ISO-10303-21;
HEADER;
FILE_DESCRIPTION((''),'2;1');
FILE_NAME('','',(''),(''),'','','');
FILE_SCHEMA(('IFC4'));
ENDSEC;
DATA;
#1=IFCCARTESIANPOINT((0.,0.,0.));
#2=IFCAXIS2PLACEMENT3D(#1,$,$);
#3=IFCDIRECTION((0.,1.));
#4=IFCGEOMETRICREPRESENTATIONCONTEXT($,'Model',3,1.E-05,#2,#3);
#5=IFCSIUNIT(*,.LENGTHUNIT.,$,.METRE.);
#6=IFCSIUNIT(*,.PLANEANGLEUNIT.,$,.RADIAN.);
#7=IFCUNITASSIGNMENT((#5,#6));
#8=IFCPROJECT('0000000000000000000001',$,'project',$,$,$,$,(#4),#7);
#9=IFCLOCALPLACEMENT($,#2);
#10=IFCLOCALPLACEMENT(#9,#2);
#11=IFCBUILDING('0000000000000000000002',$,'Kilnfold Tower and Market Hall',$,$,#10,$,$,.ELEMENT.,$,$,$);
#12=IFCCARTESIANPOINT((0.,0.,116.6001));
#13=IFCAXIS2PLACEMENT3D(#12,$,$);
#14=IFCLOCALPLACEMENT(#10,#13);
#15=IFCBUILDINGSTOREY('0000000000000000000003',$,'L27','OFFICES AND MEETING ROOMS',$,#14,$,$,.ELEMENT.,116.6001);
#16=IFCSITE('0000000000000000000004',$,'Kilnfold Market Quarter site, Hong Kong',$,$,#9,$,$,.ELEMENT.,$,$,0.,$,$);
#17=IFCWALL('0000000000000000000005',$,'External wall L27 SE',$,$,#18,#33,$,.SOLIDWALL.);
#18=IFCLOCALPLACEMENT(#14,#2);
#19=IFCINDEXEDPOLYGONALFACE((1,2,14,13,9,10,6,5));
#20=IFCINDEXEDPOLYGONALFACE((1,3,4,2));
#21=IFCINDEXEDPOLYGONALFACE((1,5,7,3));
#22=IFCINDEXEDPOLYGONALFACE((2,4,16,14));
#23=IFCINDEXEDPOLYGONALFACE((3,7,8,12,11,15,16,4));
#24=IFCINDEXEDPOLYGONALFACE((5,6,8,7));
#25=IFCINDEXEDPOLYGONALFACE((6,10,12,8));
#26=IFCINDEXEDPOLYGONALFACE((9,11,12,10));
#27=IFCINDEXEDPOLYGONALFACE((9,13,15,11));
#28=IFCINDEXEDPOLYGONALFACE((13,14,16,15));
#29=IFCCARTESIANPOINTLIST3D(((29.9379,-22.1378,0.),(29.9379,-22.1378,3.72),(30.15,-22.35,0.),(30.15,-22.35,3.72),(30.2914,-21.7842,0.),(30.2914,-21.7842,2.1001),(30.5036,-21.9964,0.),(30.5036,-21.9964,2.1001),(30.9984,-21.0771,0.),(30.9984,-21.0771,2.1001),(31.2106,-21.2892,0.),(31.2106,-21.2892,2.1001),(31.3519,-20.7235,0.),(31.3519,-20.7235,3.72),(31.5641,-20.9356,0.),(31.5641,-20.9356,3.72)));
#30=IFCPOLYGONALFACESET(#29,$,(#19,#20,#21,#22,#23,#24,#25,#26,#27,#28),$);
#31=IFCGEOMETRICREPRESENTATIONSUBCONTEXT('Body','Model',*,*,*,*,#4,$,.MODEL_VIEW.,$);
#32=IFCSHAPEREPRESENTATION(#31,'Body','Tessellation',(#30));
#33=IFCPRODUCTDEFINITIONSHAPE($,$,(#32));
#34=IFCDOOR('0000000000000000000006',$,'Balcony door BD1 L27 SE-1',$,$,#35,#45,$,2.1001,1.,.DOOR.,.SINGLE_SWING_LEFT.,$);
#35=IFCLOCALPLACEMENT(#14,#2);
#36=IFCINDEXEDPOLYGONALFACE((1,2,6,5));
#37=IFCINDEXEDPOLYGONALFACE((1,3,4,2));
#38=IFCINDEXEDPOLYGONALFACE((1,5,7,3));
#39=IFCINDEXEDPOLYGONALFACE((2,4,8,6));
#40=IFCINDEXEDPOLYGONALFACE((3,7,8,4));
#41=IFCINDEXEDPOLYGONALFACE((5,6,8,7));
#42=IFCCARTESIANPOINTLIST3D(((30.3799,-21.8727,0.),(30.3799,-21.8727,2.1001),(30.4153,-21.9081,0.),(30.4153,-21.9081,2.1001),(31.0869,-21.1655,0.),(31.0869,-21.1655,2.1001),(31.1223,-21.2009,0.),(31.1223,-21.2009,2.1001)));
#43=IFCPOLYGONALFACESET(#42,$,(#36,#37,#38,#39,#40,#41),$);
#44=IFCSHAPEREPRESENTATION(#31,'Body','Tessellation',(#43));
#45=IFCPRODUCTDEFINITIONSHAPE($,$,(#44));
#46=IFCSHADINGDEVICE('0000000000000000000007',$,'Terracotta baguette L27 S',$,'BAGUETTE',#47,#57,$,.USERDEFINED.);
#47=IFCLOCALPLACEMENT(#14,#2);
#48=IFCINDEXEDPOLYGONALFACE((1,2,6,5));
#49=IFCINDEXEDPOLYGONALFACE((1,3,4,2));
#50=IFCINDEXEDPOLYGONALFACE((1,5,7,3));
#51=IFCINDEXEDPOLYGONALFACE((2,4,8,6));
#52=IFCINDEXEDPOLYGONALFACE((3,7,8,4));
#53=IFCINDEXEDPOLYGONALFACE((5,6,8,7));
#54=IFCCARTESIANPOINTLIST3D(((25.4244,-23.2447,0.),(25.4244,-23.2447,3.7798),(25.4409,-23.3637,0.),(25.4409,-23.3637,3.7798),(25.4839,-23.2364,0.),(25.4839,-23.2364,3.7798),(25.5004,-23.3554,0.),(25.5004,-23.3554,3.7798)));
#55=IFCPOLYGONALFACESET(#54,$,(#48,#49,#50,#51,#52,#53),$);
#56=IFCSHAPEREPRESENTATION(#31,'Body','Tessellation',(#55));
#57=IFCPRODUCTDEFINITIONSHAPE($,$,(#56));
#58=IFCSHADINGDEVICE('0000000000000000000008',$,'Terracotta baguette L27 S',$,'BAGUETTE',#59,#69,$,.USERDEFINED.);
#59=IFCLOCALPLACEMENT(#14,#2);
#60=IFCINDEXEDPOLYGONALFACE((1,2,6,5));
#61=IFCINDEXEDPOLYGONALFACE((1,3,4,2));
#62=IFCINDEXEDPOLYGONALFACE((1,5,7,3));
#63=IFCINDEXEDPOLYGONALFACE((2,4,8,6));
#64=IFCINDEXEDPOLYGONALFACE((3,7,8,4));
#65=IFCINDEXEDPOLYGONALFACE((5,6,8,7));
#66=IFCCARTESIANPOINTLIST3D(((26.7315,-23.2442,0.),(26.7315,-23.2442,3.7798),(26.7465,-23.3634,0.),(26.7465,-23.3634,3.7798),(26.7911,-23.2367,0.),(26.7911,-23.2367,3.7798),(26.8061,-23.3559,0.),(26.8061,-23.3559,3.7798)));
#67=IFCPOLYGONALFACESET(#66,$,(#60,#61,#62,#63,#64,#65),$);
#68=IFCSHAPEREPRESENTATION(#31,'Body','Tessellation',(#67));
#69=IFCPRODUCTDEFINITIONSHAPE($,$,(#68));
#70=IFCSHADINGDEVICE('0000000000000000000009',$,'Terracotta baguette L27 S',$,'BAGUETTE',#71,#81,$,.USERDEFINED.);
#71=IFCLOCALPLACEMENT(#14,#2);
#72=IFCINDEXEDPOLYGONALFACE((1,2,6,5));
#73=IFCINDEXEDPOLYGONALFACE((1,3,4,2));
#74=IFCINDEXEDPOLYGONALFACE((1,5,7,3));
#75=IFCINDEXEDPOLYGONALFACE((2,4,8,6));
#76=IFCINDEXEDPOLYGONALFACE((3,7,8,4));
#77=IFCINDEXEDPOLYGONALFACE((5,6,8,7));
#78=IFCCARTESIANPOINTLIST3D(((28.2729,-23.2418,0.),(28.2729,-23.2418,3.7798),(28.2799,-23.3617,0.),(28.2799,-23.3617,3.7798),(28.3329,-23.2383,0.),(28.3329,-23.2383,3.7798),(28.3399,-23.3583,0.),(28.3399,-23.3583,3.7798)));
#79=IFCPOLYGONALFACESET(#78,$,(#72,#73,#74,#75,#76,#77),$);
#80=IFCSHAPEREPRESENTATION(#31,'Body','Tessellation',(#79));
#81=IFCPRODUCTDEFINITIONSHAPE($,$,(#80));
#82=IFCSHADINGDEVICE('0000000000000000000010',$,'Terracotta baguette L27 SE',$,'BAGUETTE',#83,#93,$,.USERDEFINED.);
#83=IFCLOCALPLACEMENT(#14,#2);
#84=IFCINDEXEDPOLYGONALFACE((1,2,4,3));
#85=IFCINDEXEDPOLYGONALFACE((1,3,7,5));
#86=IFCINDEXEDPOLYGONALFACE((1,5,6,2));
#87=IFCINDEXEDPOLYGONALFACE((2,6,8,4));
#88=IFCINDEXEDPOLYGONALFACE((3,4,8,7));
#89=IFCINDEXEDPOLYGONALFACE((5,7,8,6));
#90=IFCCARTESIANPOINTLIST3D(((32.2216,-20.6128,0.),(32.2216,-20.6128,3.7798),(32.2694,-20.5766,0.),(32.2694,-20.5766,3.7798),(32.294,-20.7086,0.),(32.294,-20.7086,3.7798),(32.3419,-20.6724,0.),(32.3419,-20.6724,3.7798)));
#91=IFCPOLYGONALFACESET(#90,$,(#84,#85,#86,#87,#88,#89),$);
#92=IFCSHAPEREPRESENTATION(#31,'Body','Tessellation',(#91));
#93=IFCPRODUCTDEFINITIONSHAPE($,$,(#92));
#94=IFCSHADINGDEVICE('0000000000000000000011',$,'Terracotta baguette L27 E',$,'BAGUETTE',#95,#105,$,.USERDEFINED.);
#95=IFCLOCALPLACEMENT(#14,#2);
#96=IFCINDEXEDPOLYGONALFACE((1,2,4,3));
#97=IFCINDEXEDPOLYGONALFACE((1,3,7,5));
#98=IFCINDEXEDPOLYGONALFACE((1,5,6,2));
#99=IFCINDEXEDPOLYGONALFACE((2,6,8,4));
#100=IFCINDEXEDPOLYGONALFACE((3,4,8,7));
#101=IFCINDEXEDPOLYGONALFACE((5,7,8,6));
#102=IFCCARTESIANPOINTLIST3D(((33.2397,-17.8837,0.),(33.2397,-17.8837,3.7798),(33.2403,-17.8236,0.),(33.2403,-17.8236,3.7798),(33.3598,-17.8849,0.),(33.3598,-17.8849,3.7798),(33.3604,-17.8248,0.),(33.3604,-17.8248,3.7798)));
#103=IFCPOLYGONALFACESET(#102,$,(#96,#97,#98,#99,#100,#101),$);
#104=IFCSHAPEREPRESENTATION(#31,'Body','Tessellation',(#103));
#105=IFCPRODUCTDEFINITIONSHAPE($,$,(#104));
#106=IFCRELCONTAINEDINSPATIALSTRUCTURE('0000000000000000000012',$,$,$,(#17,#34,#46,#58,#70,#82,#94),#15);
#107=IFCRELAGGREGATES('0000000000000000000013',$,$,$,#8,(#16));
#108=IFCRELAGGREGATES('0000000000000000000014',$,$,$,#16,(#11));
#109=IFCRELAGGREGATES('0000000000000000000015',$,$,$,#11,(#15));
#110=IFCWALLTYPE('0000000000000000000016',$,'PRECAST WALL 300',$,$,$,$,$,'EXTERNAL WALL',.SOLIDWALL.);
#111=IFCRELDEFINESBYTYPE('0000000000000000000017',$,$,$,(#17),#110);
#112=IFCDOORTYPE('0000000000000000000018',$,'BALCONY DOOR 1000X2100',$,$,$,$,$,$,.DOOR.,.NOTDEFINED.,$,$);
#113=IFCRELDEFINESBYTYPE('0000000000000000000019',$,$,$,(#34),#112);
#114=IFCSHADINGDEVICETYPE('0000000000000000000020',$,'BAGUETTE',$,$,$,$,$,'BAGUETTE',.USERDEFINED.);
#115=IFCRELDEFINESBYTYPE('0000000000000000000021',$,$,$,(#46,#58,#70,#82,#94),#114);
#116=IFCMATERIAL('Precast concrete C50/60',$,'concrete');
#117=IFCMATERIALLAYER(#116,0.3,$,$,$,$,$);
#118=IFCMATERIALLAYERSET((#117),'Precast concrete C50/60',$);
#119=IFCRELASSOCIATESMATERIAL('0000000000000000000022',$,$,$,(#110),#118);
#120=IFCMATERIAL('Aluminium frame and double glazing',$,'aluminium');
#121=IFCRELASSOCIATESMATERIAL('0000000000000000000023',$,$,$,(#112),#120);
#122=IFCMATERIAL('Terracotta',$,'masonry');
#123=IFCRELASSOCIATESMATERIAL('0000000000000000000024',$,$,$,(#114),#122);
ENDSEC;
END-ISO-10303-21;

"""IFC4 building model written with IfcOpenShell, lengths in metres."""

from ifc_helpers import new_model, si_unit, direction, frame, frame_2d, origin, origin_2d, place, context, subcontext, project, spatial, rectangle, extrude, source, transform, mapped, material, layer, layer_set, material_profile, profile_set, type_object, element, fill, save


model = new_model("IFC4")

# Units and contexts
model_context = context("Model", 3, precision=1e-05, world=origin(), true_north=direction((0.0, 1.0)))
body_context = subcontext(model_context, "Body", "Model", "MODEL_VIEW")
ifc_project = project(units=[si_unit("LENGTHUNIT", "METRE"), si_unit("PLANEANGLEUNIT", "RADIAN")], contexts=[model_context])

# Site, building, storey
site_placement = place(None, origin())
site = spatial("IfcSite", under=ifc_project, at=site_placement, Name="Kilnfold Market Quarter site, Hong Kong", CompositionType="ELEMENT", RefElevation=0.0)
building_placement = place(site_placement, origin())
building = spatial("IfcBuilding", under=site, at=building_placement, Name="Kilnfold Tower and Market Hall", CompositionType="ELEMENT")
storey_placement = place(building_placement, frame((0.0, 0.0, 116.6001)))
storey = spatial("IfcBuildingStorey", under=building, at=storey_placement, Name="L27", Description="OFFICES AND MEETING ROOMS", CompositionType="ELEMENT", Elevation=116.6001)

# Wall, opening, door
ifc_material_1 = material(Name="Precast concrete C50/60", Category="concrete")
ifc_layer_1 = layer(ifc_material_1, 0.3)
ifc_layer_set_1 = layer_set([ifc_layer_1], Name="Precast concrete C50/60")
wall_type_1 = type_object("IfcWallType", Name="PRECAST WALL 300", ElementType="EXTERNAL WALL", PredefinedType="SOLIDWALL", material=ifc_layer_set_1)
shared_shape_1 = source(origin(), body_context, "Body", "SweptSolid", [
    extrude(rectangle(XDim=2.0, YDim=0.3, at=frame_2d((1.0, 0.0))), origin(), (0.0, 0.0, 1.0), 3.72),
])
wall_1_placement = place(storey_placement, frame((30.0439, -22.2439, 0.0), z_axis=(0.0, 0.0, 1.0), x_axis=(0.707046, 0.707168, 0.0)))
wall_1 = element("IfcWall", 1, at=wall_1_placement, inside=storey, type_object=wall_type_1, Name="External wall L27 SE", PredefinedType="SOLIDWALL", context=body_context, shape_type="MappedRepresentation", body=[
    mapped(shared_shape_1, transform((0.0, 0.0, 0.0))),
])
opening_1_placement = place(wall_1_placement, frame((0.5, 0.0, 0.0)))
opening_1 = element("IfcOpeningElement", 2, at=opening_1_placement, cuts=wall_1, PredefinedType="OPENING", context=body_context, shape_type="SweptSolid", body=[
    extrude(rectangle(XDim=1.0, YDim=2.1001, at=frame_2d((0.5, 1.05))), frame((0.0, 0.1602, 0.0), z_axis=(0.0, -1.0, 0.0), x_axis=(1.0, 0.0, 0.0)), (0.0, 0.0, 1.0), 0.3201),
])
ifc_material_2 = material(Name="Aluminium frame and double glazing", Category="aluminium")
door_type_1 = type_object("IfcDoorType", Name="BALCONY DOOR 1000X2100", OperationType="NOTDEFINED", PredefinedType="DOOR", material=ifc_material_2)
door_1_placement = place(opening_1_placement, origin())
door_1 = element("IfcDoor", 3, at=door_1_placement, inside=storey, type_object=door_type_1, Name="Balcony door BD1 L27 SE-1", OperationType="SINGLE_SWING_LEFT", OverallHeight=2.1001, OverallWidth=1.0, PredefinedType="DOOR", context=body_context, shape_type="SweptSolid", body=[
    extrude(rectangle(XDim=1.0, YDim=2.1001, at=frame_2d((0.5, 1.05))), frame((0.0, 0.0249, 0.0), z_axis=(0.0, -1.0, 0.0), x_axis=(1.0, 0.0, 0.0)), (0.0, 0.0, 1.0), 0.05),
])
fill(opening_1, door_1)

# Shading devices
ifc_material_3 = material(Name="Terracotta", Category="masonry")
ifc_material_profile_1 = material_profile(ifc_material_3, rectangle(XDim=0.0601, YDim=0.1201, at=origin_2d()), Name="BAG 60x120")
ifc_profile_set_1 = profile_set([ifc_material_profile_1], Name="Terracotta")
shading_device_type = type_object("IfcShadingDeviceType", Name="BAGUETTE", ElementType="BAGUETTE", PredefinedType="USERDEFINED", material=ifc_profile_set_1)
shared_shape_2 = source(origin(), body_context, "Body", "SweptSolid", [
    extrude(rectangle(XDim=0.0601, YDim=0.1201, at=origin_2d()), origin(), (0.0, 0.0, 1.0), 3.7798),
])
for number, where, z_axis, x_axis, name in (
    (4, (25.4624, -23.3, 0.0), (0.0, 0.0, 1.0), (0.990443, 0.137925, 0.0), "Terracotta baguette L27 S"),
    (5, (26.7688, -23.3, 0.0), (0.0, 0.0, 1.0), (0.992121, 0.125285, 0.0), "Terracotta baguette L27 S"),
    (6, (28.3064, -23.3, 0.0), (0.0, 0.0, 1.0), (0.998314, 0.05804, 0.0), "Terracotta baguette L27 S"),
    (7, (32.2817, -20.6426, 0.0), (0.0, 0.0, 1.0), (0.797466, 0.603364, 0.0), "Terracotta baguette L27 SE"),
    (8, (33.3, -17.8542, 0.0), (0.0, 0.0, 1.0), (0.010418, 0.999946, 0.0), "Terracotta baguette L27 E"),
):
    element("IfcShadingDevice", number, at=place(storey_placement, frame(where, z_axis=z_axis, x_axis=x_axis)), inside=storey, type_object=shading_device_type, Name=name, ObjectType="BAGUETTE", PredefinedType="USERDEFINED", context=body_context, shape_type="MappedRepresentation", body=[
        mapped(shared_shape_2, transform((0.0, 0.0, 0.0))),
    ])

save(model, "model.ifc")
